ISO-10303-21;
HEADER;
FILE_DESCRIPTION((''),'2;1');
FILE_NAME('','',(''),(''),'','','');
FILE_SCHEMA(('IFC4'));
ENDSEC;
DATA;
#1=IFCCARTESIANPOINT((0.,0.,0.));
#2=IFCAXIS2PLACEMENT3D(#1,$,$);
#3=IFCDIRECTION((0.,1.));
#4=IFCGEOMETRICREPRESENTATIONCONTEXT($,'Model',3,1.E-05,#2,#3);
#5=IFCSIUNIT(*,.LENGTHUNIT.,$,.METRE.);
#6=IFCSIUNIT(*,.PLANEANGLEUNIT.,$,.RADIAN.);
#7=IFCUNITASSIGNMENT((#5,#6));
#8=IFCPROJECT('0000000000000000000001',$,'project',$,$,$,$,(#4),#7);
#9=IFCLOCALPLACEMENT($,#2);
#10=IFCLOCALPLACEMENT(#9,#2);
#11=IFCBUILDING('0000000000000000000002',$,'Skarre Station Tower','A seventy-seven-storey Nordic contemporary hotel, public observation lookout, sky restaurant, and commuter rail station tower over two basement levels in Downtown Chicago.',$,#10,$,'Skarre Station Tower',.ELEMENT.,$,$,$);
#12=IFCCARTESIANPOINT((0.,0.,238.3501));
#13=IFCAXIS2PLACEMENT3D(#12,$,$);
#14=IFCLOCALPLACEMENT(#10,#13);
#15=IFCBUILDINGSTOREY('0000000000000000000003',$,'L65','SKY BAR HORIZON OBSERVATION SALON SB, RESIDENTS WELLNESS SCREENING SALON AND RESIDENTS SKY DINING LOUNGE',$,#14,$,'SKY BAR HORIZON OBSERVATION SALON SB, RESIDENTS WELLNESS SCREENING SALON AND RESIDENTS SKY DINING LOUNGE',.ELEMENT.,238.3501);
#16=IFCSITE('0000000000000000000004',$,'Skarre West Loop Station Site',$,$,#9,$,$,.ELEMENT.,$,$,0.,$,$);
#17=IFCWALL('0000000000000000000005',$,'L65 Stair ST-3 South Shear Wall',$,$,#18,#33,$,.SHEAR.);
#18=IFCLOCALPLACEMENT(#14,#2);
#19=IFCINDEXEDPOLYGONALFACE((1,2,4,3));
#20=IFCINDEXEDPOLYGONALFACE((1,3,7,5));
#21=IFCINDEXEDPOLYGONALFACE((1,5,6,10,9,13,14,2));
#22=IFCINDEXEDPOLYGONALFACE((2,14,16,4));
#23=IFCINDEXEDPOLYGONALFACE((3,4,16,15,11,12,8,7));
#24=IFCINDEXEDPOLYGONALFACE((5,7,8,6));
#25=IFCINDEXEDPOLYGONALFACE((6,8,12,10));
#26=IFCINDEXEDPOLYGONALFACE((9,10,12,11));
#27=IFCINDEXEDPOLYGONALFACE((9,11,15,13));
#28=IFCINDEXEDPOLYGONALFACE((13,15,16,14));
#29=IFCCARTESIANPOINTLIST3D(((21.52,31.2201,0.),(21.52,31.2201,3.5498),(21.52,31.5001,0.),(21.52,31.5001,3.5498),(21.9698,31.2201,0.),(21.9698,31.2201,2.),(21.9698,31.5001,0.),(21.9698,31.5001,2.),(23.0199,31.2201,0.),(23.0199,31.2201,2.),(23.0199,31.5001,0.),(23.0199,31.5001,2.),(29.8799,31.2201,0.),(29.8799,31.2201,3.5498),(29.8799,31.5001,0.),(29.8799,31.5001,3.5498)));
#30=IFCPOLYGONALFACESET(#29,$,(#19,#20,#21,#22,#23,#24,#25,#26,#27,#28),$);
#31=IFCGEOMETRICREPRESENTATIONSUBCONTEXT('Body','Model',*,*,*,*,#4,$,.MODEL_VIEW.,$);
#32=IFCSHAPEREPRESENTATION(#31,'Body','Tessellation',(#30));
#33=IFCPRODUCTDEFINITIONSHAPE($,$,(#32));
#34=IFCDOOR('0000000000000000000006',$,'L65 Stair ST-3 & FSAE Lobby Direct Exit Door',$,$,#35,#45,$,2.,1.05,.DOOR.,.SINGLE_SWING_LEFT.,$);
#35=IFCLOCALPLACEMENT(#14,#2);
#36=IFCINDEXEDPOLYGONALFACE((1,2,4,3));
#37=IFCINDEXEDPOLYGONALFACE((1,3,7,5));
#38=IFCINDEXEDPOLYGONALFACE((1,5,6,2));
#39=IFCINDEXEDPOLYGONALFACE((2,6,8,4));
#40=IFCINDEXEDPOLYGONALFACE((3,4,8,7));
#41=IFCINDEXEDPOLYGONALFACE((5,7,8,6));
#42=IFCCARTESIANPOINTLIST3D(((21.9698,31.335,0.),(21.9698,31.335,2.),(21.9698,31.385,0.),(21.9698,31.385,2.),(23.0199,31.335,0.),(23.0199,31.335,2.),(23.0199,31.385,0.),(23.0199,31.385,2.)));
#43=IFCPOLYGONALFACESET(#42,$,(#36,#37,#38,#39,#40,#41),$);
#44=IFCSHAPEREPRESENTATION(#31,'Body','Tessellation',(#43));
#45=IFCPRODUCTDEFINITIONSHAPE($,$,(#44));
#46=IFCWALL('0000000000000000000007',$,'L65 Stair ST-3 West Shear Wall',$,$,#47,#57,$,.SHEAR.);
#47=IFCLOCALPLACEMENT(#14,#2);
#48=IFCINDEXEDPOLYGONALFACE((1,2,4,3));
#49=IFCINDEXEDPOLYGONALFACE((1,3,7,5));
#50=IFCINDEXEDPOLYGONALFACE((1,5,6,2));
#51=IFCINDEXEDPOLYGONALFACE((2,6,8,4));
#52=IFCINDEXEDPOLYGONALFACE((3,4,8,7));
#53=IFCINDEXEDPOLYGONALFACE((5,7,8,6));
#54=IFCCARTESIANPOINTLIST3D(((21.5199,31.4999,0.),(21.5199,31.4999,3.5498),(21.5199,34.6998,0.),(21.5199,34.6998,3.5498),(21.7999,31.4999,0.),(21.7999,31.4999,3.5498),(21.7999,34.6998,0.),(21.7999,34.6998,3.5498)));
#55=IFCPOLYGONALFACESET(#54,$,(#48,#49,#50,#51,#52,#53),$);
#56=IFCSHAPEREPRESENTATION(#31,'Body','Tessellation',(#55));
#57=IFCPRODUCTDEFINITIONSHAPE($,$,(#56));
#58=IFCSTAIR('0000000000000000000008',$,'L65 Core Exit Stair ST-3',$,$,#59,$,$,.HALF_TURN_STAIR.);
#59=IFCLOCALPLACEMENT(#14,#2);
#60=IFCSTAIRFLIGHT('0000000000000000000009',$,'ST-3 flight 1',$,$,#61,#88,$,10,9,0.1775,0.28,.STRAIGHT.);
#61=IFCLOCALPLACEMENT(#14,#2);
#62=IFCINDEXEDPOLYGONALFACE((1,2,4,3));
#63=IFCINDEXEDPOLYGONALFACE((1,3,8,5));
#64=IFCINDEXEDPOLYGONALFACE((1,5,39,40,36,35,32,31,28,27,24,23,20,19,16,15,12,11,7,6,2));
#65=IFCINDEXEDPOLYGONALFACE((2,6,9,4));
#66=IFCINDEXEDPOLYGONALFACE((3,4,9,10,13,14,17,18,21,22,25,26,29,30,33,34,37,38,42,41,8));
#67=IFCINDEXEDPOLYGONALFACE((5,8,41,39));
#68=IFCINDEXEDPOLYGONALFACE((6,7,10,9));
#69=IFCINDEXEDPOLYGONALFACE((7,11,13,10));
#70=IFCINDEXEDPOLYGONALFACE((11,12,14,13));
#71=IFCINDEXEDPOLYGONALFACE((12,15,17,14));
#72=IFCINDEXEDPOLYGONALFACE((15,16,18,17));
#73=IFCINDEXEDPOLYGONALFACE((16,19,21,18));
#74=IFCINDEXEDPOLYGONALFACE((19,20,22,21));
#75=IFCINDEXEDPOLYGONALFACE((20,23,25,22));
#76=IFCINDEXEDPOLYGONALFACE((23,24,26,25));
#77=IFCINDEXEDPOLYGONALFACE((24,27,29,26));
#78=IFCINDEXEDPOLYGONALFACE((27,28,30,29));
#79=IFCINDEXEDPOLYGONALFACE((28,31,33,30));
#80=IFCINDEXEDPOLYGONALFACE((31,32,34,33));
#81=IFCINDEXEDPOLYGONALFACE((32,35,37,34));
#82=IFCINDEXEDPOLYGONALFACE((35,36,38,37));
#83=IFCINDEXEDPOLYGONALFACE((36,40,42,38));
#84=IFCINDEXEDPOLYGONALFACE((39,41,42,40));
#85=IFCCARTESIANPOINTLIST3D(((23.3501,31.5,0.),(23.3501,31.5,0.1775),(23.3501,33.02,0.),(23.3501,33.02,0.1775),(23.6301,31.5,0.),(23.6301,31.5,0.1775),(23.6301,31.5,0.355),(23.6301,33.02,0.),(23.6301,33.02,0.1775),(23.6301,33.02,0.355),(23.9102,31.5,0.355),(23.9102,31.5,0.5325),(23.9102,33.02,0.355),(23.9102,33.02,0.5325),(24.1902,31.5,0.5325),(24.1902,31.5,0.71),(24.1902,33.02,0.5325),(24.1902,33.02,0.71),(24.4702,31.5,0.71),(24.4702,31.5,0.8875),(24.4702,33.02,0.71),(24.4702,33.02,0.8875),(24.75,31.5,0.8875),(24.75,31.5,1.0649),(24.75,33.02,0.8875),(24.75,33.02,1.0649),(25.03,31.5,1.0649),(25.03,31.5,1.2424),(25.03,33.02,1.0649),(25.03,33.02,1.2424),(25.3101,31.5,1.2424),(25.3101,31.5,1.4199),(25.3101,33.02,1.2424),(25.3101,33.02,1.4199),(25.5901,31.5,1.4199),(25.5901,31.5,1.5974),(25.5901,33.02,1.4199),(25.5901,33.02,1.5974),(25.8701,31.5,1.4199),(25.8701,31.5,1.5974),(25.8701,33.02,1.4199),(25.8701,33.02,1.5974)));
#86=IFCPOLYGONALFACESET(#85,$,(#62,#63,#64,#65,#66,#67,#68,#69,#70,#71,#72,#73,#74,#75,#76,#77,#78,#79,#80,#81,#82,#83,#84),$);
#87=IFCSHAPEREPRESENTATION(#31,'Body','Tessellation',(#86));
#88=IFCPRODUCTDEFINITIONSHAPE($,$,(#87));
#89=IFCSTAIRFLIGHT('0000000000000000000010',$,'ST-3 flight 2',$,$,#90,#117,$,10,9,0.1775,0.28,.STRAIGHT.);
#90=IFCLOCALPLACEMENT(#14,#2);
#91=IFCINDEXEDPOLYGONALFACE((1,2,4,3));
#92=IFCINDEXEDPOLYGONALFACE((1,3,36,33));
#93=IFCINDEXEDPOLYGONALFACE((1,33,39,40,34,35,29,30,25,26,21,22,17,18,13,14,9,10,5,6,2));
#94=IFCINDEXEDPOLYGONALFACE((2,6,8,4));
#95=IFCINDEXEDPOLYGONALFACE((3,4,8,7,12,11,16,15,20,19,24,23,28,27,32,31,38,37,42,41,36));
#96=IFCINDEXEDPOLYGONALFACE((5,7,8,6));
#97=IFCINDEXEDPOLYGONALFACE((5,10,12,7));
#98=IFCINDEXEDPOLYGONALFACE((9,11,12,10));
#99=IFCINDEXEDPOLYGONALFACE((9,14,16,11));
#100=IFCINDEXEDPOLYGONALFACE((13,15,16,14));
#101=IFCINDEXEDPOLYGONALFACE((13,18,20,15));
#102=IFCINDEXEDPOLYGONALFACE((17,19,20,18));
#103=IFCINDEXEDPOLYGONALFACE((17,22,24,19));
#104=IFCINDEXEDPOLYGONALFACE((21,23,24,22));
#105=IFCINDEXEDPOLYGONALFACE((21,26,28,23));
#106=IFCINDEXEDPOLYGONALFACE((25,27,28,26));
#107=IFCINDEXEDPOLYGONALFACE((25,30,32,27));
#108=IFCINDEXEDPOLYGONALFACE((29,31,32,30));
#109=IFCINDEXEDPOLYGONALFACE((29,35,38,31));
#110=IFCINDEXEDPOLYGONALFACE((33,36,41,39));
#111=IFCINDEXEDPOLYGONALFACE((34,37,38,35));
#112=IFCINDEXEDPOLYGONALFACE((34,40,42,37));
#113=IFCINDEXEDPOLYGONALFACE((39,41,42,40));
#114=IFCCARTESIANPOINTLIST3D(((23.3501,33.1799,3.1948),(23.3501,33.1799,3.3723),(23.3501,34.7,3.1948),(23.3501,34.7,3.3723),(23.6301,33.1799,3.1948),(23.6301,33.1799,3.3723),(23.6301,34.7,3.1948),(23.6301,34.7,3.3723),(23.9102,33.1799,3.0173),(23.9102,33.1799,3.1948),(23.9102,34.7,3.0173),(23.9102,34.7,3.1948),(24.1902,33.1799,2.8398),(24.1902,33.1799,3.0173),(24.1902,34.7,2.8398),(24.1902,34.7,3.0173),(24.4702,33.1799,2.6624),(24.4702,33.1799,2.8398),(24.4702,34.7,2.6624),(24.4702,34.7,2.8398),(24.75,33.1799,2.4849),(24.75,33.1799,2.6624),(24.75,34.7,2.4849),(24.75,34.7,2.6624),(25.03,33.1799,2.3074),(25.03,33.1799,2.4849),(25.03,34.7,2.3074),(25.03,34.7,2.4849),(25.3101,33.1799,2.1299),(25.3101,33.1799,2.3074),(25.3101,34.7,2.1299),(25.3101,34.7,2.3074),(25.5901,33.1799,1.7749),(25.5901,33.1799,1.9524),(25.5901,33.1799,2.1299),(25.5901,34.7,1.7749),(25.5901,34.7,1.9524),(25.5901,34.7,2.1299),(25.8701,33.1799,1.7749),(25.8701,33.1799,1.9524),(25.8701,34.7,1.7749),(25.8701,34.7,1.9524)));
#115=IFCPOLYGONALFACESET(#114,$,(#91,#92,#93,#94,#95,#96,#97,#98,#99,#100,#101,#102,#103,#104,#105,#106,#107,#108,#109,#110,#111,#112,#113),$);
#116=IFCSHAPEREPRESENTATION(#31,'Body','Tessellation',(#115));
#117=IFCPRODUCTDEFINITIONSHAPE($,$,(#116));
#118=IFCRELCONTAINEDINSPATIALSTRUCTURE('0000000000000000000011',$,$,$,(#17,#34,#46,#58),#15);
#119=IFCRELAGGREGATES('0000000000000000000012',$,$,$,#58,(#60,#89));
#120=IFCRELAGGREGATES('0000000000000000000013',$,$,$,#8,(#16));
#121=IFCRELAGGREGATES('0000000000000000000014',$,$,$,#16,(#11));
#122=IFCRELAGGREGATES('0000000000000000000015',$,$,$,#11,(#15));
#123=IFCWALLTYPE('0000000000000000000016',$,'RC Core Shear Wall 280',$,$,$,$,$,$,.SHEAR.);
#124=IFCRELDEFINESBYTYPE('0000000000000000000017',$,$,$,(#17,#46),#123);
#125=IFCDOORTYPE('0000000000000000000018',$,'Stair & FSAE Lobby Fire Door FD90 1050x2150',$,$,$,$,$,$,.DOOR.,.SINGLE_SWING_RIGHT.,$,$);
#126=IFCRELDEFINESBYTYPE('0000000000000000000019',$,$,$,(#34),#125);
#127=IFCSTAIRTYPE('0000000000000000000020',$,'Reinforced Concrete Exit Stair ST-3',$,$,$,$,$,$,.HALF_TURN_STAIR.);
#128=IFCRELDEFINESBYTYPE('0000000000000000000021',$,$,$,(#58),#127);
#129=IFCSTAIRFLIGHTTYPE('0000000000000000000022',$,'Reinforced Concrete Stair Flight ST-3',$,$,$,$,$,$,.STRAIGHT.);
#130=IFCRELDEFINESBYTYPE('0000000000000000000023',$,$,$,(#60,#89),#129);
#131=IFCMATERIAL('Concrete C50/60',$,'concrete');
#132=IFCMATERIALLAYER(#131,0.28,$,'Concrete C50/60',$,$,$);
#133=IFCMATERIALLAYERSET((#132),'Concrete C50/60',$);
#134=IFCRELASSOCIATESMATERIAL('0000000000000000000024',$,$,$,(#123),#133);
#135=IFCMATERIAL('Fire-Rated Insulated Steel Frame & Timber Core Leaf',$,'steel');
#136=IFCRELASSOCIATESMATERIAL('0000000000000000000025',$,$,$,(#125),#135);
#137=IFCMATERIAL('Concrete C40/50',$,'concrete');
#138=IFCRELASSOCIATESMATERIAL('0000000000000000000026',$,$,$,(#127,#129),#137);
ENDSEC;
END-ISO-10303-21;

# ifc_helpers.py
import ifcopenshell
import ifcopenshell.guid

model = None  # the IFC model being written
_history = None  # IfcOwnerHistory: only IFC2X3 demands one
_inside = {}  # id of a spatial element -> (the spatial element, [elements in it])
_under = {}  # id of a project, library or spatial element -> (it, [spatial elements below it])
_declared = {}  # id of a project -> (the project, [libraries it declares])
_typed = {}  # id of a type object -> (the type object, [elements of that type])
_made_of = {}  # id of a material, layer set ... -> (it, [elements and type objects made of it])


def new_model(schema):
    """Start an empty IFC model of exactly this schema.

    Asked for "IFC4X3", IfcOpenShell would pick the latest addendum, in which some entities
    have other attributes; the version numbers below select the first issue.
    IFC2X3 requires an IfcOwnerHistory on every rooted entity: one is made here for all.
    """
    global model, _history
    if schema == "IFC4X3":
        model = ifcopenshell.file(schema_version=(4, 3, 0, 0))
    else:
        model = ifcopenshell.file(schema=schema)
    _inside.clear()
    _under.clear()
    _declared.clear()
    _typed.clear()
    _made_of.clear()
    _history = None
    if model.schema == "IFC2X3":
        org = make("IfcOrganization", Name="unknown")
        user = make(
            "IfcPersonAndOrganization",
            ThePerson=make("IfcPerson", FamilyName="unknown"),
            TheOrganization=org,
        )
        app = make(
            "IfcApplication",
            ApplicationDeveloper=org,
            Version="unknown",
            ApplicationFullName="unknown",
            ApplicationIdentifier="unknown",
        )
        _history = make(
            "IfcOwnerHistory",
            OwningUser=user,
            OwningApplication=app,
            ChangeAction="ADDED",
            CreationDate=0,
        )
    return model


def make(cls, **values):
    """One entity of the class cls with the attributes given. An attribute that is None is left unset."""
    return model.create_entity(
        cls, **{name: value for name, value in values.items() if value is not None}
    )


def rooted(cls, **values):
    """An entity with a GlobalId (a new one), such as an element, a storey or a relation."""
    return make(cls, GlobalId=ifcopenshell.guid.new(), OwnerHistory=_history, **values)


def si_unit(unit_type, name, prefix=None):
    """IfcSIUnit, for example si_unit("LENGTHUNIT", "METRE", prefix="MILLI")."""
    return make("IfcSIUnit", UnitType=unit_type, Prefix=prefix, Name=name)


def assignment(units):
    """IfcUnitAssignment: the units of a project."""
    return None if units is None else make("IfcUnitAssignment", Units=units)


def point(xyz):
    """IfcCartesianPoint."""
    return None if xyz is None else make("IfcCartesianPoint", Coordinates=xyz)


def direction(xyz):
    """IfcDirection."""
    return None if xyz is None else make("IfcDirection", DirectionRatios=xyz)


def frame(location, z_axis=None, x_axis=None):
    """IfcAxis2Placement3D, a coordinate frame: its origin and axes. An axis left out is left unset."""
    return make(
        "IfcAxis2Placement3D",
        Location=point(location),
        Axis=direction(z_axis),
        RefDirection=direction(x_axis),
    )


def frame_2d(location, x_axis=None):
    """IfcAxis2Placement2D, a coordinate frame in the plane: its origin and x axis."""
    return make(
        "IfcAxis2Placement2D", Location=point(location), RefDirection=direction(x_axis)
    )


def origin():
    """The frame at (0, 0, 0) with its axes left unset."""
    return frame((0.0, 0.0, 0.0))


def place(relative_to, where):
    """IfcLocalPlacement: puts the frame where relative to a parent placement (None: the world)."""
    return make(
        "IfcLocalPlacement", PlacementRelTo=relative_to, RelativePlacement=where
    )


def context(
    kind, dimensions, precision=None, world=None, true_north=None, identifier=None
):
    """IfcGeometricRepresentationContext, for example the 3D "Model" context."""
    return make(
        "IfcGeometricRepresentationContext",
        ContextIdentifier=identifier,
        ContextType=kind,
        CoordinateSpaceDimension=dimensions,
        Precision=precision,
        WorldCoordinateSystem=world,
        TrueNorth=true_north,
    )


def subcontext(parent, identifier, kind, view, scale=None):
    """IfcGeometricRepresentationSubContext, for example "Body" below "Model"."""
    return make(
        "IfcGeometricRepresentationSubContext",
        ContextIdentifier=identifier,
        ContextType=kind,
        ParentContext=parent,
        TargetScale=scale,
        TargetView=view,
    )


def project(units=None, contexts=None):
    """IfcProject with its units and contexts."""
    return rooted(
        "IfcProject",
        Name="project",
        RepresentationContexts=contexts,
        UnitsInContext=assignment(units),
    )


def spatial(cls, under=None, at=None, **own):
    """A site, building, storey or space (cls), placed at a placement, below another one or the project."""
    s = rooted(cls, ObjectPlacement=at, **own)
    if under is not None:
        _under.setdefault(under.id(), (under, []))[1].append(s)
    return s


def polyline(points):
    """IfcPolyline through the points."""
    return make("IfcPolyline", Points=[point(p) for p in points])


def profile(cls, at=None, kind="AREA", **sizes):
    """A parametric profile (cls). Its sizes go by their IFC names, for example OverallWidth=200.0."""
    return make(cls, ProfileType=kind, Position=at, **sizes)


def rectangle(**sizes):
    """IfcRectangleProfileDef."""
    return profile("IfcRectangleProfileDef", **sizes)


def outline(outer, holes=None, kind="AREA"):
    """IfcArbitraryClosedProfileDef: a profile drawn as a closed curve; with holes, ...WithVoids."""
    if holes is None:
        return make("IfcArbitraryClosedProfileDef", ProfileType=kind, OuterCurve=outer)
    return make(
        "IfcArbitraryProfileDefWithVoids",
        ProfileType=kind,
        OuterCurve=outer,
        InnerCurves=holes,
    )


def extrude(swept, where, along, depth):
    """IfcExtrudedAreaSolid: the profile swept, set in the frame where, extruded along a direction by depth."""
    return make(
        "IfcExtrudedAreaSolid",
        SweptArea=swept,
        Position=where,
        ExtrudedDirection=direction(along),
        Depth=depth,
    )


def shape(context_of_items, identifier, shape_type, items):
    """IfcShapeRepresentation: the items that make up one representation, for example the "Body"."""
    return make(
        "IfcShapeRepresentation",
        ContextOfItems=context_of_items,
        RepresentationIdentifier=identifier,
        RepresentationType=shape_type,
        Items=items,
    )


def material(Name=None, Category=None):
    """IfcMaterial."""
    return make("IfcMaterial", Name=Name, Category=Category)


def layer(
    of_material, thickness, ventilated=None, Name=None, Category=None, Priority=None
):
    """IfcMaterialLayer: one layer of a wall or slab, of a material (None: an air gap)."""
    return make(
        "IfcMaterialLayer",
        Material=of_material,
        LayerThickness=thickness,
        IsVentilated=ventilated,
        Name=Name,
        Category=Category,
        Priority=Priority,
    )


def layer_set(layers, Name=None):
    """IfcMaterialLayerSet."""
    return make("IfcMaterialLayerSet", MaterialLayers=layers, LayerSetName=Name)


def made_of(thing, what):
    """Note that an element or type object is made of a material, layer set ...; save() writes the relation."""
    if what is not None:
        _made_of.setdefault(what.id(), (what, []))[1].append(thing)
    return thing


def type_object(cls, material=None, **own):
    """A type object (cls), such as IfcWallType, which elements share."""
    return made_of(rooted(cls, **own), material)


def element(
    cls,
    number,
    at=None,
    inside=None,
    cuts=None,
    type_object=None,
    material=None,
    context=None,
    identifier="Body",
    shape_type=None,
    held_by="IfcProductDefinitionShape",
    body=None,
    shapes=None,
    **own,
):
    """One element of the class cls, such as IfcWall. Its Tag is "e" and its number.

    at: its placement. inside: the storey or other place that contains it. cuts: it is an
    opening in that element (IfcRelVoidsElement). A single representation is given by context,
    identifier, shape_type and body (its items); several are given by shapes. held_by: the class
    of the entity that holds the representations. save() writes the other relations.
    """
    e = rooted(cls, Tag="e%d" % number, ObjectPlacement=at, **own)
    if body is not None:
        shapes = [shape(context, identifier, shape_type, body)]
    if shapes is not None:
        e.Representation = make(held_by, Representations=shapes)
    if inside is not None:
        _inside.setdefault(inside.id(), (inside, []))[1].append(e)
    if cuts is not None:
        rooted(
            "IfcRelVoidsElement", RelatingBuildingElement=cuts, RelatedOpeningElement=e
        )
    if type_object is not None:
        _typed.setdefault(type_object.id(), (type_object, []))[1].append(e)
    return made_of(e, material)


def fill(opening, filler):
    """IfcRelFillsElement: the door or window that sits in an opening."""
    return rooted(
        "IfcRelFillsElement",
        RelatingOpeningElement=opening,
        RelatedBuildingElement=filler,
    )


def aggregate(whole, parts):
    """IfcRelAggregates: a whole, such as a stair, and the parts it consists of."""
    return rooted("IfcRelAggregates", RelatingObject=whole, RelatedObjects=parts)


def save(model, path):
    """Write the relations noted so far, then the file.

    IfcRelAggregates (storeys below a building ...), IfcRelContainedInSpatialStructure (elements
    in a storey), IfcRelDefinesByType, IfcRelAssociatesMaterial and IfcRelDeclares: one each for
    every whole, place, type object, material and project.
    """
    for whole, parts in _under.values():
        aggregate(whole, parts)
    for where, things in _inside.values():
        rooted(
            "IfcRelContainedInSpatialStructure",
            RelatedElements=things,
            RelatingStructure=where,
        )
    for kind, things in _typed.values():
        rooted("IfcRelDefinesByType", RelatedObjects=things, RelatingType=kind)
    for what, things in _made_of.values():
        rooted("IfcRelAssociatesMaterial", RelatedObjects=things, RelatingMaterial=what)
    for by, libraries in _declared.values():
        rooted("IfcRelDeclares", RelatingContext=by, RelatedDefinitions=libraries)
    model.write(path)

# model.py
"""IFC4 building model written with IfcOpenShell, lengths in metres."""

from ifc_helpers import new_model, si_unit, direction, frame, frame_2d, origin, place, context, subcontext, project, spatial, polyline, rectangle, outline, extrude, material, layer, layer_set, type_object, element, fill, aggregate, save


model = new_model("IFC4")

# Units and contexts
model_context = context("Model", 3, precision=1e-05, world=origin(), true_north=direction((0.0, 1.0)))
body_context = subcontext(model_context, "Body", "Model", "MODEL_VIEW")
ifc_project = project(units=[si_unit("LENGTHUNIT", "METRE"), si_unit("PLANEANGLEUNIT", "RADIAN")], contexts=[model_context])

# Site, building, storey
site_placement = place(None, origin())
site = spatial("IfcSite", under=ifc_project, at=site_placement, Name="Skarre West Loop Station Site", CompositionType="ELEMENT", RefElevation=0.0)
building_placement = place(site_placement, origin())
building = spatial("IfcBuilding", under=site, at=building_placement, Name="Skarre Station Tower", Description="A seventy-seven-storey Nordic contemporary hotel, public observation lookout, sky restaurant, and commuter rail station tower over two basement levels in Downtown Chicago.", LongName="Skarre Station Tower", CompositionType="ELEMENT")
storey_placement = place(building_placement, frame((0.0, 0.0, 238.3501)))
storey = spatial("IfcBuildingStorey", under=building, at=storey_placement, Name="L65", Description="SKY BAR HORIZON OBSERVATION SALON SB, RESIDENTS WELLNESS SCREENING SALON AND RESIDENTS SKY DINING LOUNGE", LongName="SKY BAR HORIZON OBSERVATION SALON SB, RESIDENTS WELLNESS SCREENING SALON AND RESIDENTS SKY DINING LOUNGE", CompositionType="ELEMENT", Elevation=238.3501)

# Shared definitions
ifc_material_1 = material(Name="Concrete C50/60", Category="concrete")

# Wall, opening, door
ifc_layer_1 = layer(ifc_material_1, 0.28, Name="Concrete C50/60")
ifc_layer_set_1 = layer_set([ifc_layer_1], Name="Concrete C50/60")
wall_type_1 = type_object("IfcWallType", Name="RC Core Shear Wall 280", PredefinedType="SHEAR", material=ifc_layer_set_1)
wall_1_placement = place(storey_placement, frame((21.52, 31.3601, 0.0), z_axis=(0.0, 0.0, 1.0), x_axis=(1.0, 0.0, 0.0)))
wall_1 = element("IfcWall", 1, at=wall_1_placement, inside=storey, type_object=wall_type_1, Name="L65 Stair ST-3 South Shear Wall", PredefinedType="SHEAR", context=body_context, shape_type="SweptSolid", body=[
    extrude(rectangle(XDim=8.3599, YDim=0.28, at=frame_2d((4.1799, 0.0))), origin(), (0.0, 0.0, 1.0), 3.5498),
])
opening_1_placement = place(wall_1_placement, frame((0.45, 0.0, 0.0)))
opening_1 = element("IfcOpeningElement", 2, at=opening_1_placement, cuts=wall_1, PredefinedType="OPENING", context=body_context, shape_type="SweptSolid", body=[
    extrude(rectangle(XDim=1.05, YDim=2.0, at=frame_2d((0.5249, 1.0))), frame((0.0, 0.1499, 0.0), z_axis=(0.0, -1.0, 0.0), x_axis=(1.0, 0.0, 0.0)), (0.0, 0.0, 1.0), 0.3),
])
ifc_material_2 = material(Name="Fire-Rated Insulated Steel Frame & Timber Core Leaf", Category="steel")
door_type = type_object("IfcDoorType", Name="Stair & FSAE Lobby Fire Door FD90 1050x2150", OperationType="SINGLE_SWING_RIGHT", PredefinedType="DOOR", material=ifc_material_2)
door_placement = place(opening_1_placement, origin())
door = element("IfcDoor", 3, at=door_placement, inside=storey, type_object=door_type, Name="L65 Stair ST-3 & FSAE Lobby Direct Exit Door", OperationType="SINGLE_SWING_LEFT", OverallHeight=2.0, OverallWidth=1.05, PredefinedType="DOOR", context=body_context, shape_type="SweptSolid", body=[
    extrude(rectangle(XDim=1.05, YDim=2.0, at=frame_2d((0.5249, 1.0))), frame((0.0, 0.0249, 0.0), z_axis=(0.0, -1.0, 0.0), x_axis=(1.0, 0.0, 0.0)), (0.0, 0.0, 1.0), 0.05),
])
fill(opening_1, door)

# Wall
wall_2_placement = place(storey_placement, frame((21.6599, 34.7, 0.0), z_axis=(0.0, 0.0, 1.0), x_axis=(0.0, -1.0, 0.0)))
element("IfcWall", 4, at=wall_2_placement, inside=storey, type_object=wall_type_1, Name="L65 Stair ST-3 West Shear Wall", PredefinedType="SHEAR", context=body_context, shape_type="SweptSolid", body=[
    extrude(rectangle(XDim=3.2, YDim=0.28, at=frame_2d((1.6001, 0.0))), origin(), (0.0, 0.0, 1.0), 3.5498),
])

# Stair, stair flights
ifc_material_3 = material(Name="Concrete C40/50", Category="concrete")
stair_type = type_object("IfcStairType", Name="Reinforced Concrete Exit Stair ST-3", PredefinedType="HALF_TURN_STAIR", material=ifc_material_3)
stair_placement = place(storey_placement, origin())
stair = element("IfcStair", 5, at=stair_placement, inside=storey, type_object=stair_type, Name="L65 Core Exit Stair ST-3", PredefinedType="HALF_TURN_STAIR")
stair_flight_type = type_object("IfcStairFlightType", Name="Reinforced Concrete Stair Flight ST-3", PredefinedType="STRAIGHT", material=ifc_material_3)
stair_flight_1_placement = place(storey_placement, frame((23.3501, 32.26, 0.0), z_axis=(0.0, 0.0, 1.0), x_axis=(1.0, 0.0, 0.0)))
stair_flight_1 = element("IfcStairFlight", 6, at=stair_flight_1_placement, type_object=stair_flight_type, Name="ST-3 flight 1", NumberOfRisers=10, NumberOfTreads=9, PredefinedType="STRAIGHT", RiserHeight=0.1775, TreadLength=0.28, context=body_context, shape_type="SweptSolid", body=[
    extrude(outline(polyline([(0.0, 0.0), (0.0, 0.1775), (0.28, 0.1775), (0.28, 0.355), (0.5601, 0.355), (0.5601, 0.5325), (0.8401, 0.5325), (0.8401, 0.71), (1.1201, 0.71), (1.1201, 0.8875), (1.3999, 0.8875), (1.3999, 1.0649), (1.6799, 1.0649), (1.6799, 1.2424), (1.96, 1.2424), (1.96, 1.4199), (2.24, 1.4199), (2.24, 1.5974), (2.52, 1.5974), (2.52, 1.7749), (2.52, 1.4199), (0.28, 0.0), (0.0, 0.0)])), frame((0.0, 0.76, 0.0), z_axis=(0.0, -1.0, 0.0), x_axis=(1.0, 0.0, 0.0)), (0.0, 0.0, 1.0), 1.52),
])
stair_flight_2_placement = place(storey_placement, frame((25.8701, 33.9399, 1.7749), z_axis=(0.0, 0.0, 1.0), x_axis=(-1.0, 0.0, 0.0)))
stair_flight_2 = element("IfcStairFlight", 7, at=stair_flight_2_placement, type_object=stair_flight_type, Name="ST-3 flight 2", NumberOfRisers=10, NumberOfTreads=9, PredefinedType="STRAIGHT", RiserHeight=0.1775, TreadLength=0.28, context=body_context, shape_type="SweptSolid", body=[
    extrude(outline(polyline([(0.0, 0.0), (0.0, 0.1775), (0.28, 0.1775), (0.28, 0.355), (0.5601, 0.355), (0.5601, 0.5325), (0.8401, 0.5325), (0.8401, 0.71), (1.1201, 0.71), (1.1201, 0.8875), (1.3999, 0.8875), (1.3999, 1.0649), (1.6799, 1.0649), (1.6799, 1.2424), (1.96, 1.2424), (1.96, 1.4199), (2.24, 1.4199), (2.24, 1.5974), (2.52, 1.5974), (2.52, 1.7749), (2.52, 1.4199), (0.28, 0.0), (0.0, 0.0)])), frame((0.0, 0.76, 0.0), z_axis=(0.0, -1.0, 0.0), x_axis=(1.0, 0.0, 0.0)), (0.0, 0.0, 1.0), 1.52),
])
aggregate(stair, [stair_flight_1, stair_flight_2])

save(model, "model.ifc")
